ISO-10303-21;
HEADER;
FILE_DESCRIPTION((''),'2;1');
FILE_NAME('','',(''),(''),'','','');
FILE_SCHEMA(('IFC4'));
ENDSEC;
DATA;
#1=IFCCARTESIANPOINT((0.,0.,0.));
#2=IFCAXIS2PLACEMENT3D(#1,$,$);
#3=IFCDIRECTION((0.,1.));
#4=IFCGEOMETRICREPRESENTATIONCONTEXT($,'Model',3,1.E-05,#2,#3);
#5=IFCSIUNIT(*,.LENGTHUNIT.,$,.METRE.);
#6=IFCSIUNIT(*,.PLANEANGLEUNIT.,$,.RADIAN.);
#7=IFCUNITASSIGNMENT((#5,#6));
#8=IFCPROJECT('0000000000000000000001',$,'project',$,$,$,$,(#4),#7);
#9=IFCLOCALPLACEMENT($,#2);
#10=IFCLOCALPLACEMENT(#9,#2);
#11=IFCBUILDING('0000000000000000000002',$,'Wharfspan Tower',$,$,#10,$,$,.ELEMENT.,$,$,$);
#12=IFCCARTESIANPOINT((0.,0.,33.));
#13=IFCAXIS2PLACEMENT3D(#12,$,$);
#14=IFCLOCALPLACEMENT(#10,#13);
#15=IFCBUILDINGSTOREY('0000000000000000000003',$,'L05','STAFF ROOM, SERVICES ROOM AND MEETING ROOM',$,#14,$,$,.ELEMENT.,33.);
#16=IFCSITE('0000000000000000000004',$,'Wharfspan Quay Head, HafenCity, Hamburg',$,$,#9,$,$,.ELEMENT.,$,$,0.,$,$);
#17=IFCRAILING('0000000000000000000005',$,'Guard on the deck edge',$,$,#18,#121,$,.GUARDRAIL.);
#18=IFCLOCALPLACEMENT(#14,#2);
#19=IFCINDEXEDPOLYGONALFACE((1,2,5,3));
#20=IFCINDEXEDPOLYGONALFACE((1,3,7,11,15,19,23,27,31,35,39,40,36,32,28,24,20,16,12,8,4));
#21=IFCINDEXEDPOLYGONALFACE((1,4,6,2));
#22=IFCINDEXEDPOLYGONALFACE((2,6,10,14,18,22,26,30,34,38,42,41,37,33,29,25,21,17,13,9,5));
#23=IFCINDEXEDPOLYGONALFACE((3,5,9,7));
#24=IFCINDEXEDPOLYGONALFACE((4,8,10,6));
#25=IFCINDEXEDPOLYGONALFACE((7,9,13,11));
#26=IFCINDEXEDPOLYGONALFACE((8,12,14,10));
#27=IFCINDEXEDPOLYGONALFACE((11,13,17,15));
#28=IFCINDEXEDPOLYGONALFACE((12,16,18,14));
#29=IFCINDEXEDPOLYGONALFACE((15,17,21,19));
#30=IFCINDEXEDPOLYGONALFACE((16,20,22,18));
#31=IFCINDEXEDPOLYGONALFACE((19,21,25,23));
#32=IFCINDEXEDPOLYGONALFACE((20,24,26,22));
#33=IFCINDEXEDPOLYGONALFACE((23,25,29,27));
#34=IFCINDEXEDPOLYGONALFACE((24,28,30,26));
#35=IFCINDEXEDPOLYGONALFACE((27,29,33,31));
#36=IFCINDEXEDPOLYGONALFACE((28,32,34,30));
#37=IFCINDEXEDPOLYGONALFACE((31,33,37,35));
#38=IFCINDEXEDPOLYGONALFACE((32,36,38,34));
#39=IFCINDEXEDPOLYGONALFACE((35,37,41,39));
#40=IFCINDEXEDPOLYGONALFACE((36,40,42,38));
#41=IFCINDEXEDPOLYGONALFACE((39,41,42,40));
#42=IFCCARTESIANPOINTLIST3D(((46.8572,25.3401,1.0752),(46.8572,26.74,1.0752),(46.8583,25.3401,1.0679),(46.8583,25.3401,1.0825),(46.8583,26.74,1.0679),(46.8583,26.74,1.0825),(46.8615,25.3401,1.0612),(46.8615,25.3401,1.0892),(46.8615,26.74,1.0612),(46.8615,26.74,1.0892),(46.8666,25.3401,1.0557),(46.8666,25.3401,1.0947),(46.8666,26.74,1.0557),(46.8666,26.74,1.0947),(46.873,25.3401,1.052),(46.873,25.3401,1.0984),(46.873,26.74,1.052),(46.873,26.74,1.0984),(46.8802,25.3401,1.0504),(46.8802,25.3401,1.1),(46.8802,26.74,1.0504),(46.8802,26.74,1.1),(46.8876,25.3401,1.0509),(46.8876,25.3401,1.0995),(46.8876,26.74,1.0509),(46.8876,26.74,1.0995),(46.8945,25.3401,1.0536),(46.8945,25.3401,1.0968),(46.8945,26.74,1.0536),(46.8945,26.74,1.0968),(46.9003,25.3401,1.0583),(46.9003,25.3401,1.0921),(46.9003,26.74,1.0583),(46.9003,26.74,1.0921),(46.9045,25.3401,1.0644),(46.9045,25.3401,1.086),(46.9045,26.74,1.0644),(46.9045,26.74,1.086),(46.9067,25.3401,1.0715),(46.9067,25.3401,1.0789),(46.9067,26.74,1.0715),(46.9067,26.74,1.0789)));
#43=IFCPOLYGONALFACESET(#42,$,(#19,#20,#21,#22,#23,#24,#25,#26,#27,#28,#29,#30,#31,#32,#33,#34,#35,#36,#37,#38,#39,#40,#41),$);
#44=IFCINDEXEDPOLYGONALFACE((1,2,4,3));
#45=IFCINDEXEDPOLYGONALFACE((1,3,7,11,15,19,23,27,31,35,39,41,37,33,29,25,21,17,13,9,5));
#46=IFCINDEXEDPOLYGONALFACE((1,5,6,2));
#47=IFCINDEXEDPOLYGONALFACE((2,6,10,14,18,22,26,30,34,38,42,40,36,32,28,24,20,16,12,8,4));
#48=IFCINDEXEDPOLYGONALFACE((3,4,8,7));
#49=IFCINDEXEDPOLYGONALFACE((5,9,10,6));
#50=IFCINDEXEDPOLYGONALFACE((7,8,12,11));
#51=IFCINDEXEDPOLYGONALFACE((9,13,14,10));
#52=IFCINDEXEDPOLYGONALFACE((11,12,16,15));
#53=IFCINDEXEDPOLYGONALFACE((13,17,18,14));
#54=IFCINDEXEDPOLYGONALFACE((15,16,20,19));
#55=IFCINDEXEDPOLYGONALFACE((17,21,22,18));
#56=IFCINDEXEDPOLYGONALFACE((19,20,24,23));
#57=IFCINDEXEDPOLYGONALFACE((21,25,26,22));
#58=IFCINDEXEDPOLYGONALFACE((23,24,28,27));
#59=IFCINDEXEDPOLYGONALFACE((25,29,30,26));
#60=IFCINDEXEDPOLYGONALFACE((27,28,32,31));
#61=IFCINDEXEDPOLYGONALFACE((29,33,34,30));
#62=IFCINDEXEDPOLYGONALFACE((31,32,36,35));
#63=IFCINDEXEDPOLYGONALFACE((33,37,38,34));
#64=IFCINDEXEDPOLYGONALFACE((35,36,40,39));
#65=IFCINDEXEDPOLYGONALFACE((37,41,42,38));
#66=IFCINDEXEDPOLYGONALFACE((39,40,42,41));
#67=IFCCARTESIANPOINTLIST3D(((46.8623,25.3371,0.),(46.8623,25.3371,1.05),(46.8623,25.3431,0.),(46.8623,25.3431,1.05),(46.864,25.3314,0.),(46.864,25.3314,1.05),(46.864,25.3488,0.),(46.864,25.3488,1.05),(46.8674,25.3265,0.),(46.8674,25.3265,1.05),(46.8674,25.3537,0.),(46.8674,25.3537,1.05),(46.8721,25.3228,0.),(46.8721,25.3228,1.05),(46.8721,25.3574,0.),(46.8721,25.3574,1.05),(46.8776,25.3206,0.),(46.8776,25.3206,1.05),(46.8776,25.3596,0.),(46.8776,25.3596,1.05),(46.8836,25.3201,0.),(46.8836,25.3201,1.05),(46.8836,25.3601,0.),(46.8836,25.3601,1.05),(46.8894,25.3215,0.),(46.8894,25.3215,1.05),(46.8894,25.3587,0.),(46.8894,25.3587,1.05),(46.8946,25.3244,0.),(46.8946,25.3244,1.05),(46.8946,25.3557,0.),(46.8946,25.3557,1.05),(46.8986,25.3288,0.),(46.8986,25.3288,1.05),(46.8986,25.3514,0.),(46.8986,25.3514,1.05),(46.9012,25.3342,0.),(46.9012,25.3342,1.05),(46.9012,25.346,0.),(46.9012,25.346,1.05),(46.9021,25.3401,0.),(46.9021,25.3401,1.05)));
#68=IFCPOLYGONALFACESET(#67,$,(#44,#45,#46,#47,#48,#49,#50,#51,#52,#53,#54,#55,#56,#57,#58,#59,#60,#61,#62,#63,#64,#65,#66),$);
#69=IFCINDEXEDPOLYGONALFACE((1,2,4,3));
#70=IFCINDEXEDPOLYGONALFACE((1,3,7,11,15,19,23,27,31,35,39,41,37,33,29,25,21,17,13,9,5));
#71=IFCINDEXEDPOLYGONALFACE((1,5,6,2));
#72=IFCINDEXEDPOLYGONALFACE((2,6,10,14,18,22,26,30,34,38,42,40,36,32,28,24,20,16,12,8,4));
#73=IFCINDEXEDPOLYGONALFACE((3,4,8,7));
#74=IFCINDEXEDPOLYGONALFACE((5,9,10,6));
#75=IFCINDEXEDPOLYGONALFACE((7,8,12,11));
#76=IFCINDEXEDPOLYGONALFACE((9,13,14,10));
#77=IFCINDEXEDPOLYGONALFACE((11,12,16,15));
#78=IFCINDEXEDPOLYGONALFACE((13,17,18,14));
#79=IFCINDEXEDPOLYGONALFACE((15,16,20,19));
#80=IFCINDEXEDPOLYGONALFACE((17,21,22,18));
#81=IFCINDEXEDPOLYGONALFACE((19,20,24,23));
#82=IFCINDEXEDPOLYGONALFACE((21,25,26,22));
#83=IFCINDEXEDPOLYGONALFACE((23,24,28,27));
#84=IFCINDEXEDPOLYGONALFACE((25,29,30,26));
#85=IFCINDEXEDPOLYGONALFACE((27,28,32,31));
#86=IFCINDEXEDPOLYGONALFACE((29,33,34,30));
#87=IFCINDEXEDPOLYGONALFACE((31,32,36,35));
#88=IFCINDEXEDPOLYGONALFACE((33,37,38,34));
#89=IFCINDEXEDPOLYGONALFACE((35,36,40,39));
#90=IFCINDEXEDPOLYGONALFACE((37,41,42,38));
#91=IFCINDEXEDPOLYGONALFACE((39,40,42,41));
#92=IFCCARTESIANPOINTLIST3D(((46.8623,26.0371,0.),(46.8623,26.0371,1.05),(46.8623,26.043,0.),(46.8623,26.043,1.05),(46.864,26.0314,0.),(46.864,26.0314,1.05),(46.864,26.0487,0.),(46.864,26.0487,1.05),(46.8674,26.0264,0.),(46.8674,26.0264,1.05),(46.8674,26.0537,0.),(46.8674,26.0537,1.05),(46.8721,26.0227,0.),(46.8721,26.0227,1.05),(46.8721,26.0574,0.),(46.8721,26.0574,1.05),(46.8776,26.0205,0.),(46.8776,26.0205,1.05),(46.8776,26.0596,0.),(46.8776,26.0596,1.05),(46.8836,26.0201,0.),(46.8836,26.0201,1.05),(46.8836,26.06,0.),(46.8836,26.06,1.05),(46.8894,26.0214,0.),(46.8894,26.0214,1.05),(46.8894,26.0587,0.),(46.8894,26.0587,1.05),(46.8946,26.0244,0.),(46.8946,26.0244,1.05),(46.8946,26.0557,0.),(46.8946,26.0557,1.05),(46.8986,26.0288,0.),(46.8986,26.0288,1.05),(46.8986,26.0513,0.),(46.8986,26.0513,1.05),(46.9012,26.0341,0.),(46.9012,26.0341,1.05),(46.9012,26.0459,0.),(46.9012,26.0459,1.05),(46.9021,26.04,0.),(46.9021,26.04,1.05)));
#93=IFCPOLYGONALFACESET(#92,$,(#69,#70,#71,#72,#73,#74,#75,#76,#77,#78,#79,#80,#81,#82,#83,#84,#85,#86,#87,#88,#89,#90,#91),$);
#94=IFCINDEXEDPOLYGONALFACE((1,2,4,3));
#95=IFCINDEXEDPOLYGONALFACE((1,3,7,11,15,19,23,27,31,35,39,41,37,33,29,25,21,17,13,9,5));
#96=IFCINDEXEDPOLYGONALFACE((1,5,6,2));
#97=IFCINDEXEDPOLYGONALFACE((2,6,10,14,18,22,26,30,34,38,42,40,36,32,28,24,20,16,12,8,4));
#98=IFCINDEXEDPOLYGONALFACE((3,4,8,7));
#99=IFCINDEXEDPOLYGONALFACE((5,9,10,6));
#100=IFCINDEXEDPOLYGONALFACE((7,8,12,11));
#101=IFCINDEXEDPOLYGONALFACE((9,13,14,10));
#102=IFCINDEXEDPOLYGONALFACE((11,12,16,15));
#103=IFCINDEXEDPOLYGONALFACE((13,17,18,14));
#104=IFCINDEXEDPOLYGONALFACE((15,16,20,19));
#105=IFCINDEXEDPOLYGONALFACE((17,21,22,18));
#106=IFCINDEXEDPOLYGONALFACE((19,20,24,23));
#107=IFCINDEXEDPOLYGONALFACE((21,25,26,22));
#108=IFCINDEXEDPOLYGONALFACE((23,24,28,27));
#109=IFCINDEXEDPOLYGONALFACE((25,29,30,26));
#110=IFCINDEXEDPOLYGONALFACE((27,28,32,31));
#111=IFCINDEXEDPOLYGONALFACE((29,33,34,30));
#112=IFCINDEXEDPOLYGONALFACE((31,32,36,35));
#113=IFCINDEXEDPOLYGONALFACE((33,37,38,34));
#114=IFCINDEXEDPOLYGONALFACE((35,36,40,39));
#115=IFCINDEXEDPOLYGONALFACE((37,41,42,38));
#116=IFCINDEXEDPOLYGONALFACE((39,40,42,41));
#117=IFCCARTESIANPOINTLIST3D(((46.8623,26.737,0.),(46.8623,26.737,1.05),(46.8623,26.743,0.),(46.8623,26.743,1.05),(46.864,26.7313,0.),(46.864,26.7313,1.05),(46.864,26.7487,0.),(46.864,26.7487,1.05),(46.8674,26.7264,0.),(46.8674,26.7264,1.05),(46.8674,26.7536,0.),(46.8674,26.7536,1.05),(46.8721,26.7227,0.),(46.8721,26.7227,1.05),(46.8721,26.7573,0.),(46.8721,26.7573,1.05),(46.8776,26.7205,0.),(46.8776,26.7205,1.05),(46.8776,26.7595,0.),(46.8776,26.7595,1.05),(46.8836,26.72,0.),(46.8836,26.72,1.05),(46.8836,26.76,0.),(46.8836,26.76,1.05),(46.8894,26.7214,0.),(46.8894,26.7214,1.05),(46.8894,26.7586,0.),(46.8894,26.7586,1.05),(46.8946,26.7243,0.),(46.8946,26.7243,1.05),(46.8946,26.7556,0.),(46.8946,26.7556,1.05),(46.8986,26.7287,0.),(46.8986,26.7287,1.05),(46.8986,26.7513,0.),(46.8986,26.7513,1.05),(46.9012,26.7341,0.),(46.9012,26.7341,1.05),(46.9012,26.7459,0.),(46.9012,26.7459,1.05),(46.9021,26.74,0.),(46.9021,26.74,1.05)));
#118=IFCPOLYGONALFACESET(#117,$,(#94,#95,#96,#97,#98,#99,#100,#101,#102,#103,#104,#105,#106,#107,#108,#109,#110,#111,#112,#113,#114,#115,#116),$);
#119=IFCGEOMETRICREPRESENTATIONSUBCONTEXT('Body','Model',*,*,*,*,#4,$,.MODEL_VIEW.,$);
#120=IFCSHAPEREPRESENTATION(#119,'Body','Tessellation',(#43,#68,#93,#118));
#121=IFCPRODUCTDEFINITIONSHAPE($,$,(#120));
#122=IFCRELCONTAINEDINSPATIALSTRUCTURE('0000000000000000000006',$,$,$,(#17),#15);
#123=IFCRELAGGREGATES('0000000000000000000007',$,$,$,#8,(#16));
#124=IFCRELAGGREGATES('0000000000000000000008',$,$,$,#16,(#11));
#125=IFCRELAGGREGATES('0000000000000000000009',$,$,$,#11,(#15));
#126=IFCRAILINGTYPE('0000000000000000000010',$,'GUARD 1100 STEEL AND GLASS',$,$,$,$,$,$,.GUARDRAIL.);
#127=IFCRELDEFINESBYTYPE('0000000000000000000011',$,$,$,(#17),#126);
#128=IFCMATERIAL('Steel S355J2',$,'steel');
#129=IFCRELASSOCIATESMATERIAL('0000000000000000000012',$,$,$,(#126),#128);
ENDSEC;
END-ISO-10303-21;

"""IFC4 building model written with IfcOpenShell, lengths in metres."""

from ifc_helpers import new_model, si_unit, direction, frame, origin, origin_2d, place, context, subcontext, project, spatial, circle, extrude, material, type_object, element, save


model = new_model("IFC4")

# Units and contexts
model_context = context("Model", 3, precision=1e-05, world=origin(), true_north=direction((0.0, 1.0)))
body_context = subcontext(model_context, "Body", "Model", "MODEL_VIEW")
ifc_project = project(units=[si_unit("LENGTHUNIT", "METRE"), si_unit("PLANEANGLEUNIT", "RADIAN")], contexts=[model_context])

# Site, building, storey
site_placement = place(None, origin())
site = spatial("IfcSite", under=ifc_project, at=site_placement, Name="Wharfspan Quay Head, HafenCity, Hamburg", CompositionType="ELEMENT", RefElevation=0.0)
building_placement = place(site_placement, origin())
building = spatial("IfcBuilding", under=site, at=building_placement, Name="Wharfspan Tower", CompositionType="ELEMENT")
storey_placement = place(building_placement, frame((0.0, 0.0, 33.0)))
storey = spatial("IfcBuildingStorey", under=building, at=storey_placement, Name="L05", Description="STAFF ROOM, SERVICES ROOM AND MEETING ROOM", CompositionType="ELEMENT", Elevation=33.0)

# Railing
ifc_material_1 = material(Name="Steel S355J2", Category="steel")
railing_type = type_object("IfcRailingType", Name="GUARD 1100 STEEL AND GLASS", PredefinedType="GUARDRAIL", material=ifc_material_1)
railing_1_placement = place(storey_placement, frame((46.8821, 25.3401, 0.0)))
element("IfcRailing", 1, at=railing_1_placement, inside=storey, type_object=railing_type, Name="Guard on the deck edge", PredefinedType="GUARDRAIL", context=body_context, shape_type="SweptSolid", body=[
    extrude(circle(Radius=0.0249, at=origin_2d()), frame((0.0, 0.0, 1.0752), z_axis=(0.0, 1.0, 0.0), x_axis=(-1.0, 0.0, 0.0)), (0.0, 0.0, 1.0), 1.3999),
    extrude(circle(Radius=0.02, at=origin_2d()), origin(), (0.0, 0.0, 1.0), 1.05),
    extrude(circle(Radius=0.02, at=origin_2d()), frame((0.0, 0.7, 0.0)), (0.0, 0.0, 1.0), 1.05),
    extrude(circle(Radius=0.02, at=origin_2d()), frame((0.0, 1.3999, 0.0)), (0.0, 0.0, 1.0), 1.05),
])

save(model, "model.ifc")
